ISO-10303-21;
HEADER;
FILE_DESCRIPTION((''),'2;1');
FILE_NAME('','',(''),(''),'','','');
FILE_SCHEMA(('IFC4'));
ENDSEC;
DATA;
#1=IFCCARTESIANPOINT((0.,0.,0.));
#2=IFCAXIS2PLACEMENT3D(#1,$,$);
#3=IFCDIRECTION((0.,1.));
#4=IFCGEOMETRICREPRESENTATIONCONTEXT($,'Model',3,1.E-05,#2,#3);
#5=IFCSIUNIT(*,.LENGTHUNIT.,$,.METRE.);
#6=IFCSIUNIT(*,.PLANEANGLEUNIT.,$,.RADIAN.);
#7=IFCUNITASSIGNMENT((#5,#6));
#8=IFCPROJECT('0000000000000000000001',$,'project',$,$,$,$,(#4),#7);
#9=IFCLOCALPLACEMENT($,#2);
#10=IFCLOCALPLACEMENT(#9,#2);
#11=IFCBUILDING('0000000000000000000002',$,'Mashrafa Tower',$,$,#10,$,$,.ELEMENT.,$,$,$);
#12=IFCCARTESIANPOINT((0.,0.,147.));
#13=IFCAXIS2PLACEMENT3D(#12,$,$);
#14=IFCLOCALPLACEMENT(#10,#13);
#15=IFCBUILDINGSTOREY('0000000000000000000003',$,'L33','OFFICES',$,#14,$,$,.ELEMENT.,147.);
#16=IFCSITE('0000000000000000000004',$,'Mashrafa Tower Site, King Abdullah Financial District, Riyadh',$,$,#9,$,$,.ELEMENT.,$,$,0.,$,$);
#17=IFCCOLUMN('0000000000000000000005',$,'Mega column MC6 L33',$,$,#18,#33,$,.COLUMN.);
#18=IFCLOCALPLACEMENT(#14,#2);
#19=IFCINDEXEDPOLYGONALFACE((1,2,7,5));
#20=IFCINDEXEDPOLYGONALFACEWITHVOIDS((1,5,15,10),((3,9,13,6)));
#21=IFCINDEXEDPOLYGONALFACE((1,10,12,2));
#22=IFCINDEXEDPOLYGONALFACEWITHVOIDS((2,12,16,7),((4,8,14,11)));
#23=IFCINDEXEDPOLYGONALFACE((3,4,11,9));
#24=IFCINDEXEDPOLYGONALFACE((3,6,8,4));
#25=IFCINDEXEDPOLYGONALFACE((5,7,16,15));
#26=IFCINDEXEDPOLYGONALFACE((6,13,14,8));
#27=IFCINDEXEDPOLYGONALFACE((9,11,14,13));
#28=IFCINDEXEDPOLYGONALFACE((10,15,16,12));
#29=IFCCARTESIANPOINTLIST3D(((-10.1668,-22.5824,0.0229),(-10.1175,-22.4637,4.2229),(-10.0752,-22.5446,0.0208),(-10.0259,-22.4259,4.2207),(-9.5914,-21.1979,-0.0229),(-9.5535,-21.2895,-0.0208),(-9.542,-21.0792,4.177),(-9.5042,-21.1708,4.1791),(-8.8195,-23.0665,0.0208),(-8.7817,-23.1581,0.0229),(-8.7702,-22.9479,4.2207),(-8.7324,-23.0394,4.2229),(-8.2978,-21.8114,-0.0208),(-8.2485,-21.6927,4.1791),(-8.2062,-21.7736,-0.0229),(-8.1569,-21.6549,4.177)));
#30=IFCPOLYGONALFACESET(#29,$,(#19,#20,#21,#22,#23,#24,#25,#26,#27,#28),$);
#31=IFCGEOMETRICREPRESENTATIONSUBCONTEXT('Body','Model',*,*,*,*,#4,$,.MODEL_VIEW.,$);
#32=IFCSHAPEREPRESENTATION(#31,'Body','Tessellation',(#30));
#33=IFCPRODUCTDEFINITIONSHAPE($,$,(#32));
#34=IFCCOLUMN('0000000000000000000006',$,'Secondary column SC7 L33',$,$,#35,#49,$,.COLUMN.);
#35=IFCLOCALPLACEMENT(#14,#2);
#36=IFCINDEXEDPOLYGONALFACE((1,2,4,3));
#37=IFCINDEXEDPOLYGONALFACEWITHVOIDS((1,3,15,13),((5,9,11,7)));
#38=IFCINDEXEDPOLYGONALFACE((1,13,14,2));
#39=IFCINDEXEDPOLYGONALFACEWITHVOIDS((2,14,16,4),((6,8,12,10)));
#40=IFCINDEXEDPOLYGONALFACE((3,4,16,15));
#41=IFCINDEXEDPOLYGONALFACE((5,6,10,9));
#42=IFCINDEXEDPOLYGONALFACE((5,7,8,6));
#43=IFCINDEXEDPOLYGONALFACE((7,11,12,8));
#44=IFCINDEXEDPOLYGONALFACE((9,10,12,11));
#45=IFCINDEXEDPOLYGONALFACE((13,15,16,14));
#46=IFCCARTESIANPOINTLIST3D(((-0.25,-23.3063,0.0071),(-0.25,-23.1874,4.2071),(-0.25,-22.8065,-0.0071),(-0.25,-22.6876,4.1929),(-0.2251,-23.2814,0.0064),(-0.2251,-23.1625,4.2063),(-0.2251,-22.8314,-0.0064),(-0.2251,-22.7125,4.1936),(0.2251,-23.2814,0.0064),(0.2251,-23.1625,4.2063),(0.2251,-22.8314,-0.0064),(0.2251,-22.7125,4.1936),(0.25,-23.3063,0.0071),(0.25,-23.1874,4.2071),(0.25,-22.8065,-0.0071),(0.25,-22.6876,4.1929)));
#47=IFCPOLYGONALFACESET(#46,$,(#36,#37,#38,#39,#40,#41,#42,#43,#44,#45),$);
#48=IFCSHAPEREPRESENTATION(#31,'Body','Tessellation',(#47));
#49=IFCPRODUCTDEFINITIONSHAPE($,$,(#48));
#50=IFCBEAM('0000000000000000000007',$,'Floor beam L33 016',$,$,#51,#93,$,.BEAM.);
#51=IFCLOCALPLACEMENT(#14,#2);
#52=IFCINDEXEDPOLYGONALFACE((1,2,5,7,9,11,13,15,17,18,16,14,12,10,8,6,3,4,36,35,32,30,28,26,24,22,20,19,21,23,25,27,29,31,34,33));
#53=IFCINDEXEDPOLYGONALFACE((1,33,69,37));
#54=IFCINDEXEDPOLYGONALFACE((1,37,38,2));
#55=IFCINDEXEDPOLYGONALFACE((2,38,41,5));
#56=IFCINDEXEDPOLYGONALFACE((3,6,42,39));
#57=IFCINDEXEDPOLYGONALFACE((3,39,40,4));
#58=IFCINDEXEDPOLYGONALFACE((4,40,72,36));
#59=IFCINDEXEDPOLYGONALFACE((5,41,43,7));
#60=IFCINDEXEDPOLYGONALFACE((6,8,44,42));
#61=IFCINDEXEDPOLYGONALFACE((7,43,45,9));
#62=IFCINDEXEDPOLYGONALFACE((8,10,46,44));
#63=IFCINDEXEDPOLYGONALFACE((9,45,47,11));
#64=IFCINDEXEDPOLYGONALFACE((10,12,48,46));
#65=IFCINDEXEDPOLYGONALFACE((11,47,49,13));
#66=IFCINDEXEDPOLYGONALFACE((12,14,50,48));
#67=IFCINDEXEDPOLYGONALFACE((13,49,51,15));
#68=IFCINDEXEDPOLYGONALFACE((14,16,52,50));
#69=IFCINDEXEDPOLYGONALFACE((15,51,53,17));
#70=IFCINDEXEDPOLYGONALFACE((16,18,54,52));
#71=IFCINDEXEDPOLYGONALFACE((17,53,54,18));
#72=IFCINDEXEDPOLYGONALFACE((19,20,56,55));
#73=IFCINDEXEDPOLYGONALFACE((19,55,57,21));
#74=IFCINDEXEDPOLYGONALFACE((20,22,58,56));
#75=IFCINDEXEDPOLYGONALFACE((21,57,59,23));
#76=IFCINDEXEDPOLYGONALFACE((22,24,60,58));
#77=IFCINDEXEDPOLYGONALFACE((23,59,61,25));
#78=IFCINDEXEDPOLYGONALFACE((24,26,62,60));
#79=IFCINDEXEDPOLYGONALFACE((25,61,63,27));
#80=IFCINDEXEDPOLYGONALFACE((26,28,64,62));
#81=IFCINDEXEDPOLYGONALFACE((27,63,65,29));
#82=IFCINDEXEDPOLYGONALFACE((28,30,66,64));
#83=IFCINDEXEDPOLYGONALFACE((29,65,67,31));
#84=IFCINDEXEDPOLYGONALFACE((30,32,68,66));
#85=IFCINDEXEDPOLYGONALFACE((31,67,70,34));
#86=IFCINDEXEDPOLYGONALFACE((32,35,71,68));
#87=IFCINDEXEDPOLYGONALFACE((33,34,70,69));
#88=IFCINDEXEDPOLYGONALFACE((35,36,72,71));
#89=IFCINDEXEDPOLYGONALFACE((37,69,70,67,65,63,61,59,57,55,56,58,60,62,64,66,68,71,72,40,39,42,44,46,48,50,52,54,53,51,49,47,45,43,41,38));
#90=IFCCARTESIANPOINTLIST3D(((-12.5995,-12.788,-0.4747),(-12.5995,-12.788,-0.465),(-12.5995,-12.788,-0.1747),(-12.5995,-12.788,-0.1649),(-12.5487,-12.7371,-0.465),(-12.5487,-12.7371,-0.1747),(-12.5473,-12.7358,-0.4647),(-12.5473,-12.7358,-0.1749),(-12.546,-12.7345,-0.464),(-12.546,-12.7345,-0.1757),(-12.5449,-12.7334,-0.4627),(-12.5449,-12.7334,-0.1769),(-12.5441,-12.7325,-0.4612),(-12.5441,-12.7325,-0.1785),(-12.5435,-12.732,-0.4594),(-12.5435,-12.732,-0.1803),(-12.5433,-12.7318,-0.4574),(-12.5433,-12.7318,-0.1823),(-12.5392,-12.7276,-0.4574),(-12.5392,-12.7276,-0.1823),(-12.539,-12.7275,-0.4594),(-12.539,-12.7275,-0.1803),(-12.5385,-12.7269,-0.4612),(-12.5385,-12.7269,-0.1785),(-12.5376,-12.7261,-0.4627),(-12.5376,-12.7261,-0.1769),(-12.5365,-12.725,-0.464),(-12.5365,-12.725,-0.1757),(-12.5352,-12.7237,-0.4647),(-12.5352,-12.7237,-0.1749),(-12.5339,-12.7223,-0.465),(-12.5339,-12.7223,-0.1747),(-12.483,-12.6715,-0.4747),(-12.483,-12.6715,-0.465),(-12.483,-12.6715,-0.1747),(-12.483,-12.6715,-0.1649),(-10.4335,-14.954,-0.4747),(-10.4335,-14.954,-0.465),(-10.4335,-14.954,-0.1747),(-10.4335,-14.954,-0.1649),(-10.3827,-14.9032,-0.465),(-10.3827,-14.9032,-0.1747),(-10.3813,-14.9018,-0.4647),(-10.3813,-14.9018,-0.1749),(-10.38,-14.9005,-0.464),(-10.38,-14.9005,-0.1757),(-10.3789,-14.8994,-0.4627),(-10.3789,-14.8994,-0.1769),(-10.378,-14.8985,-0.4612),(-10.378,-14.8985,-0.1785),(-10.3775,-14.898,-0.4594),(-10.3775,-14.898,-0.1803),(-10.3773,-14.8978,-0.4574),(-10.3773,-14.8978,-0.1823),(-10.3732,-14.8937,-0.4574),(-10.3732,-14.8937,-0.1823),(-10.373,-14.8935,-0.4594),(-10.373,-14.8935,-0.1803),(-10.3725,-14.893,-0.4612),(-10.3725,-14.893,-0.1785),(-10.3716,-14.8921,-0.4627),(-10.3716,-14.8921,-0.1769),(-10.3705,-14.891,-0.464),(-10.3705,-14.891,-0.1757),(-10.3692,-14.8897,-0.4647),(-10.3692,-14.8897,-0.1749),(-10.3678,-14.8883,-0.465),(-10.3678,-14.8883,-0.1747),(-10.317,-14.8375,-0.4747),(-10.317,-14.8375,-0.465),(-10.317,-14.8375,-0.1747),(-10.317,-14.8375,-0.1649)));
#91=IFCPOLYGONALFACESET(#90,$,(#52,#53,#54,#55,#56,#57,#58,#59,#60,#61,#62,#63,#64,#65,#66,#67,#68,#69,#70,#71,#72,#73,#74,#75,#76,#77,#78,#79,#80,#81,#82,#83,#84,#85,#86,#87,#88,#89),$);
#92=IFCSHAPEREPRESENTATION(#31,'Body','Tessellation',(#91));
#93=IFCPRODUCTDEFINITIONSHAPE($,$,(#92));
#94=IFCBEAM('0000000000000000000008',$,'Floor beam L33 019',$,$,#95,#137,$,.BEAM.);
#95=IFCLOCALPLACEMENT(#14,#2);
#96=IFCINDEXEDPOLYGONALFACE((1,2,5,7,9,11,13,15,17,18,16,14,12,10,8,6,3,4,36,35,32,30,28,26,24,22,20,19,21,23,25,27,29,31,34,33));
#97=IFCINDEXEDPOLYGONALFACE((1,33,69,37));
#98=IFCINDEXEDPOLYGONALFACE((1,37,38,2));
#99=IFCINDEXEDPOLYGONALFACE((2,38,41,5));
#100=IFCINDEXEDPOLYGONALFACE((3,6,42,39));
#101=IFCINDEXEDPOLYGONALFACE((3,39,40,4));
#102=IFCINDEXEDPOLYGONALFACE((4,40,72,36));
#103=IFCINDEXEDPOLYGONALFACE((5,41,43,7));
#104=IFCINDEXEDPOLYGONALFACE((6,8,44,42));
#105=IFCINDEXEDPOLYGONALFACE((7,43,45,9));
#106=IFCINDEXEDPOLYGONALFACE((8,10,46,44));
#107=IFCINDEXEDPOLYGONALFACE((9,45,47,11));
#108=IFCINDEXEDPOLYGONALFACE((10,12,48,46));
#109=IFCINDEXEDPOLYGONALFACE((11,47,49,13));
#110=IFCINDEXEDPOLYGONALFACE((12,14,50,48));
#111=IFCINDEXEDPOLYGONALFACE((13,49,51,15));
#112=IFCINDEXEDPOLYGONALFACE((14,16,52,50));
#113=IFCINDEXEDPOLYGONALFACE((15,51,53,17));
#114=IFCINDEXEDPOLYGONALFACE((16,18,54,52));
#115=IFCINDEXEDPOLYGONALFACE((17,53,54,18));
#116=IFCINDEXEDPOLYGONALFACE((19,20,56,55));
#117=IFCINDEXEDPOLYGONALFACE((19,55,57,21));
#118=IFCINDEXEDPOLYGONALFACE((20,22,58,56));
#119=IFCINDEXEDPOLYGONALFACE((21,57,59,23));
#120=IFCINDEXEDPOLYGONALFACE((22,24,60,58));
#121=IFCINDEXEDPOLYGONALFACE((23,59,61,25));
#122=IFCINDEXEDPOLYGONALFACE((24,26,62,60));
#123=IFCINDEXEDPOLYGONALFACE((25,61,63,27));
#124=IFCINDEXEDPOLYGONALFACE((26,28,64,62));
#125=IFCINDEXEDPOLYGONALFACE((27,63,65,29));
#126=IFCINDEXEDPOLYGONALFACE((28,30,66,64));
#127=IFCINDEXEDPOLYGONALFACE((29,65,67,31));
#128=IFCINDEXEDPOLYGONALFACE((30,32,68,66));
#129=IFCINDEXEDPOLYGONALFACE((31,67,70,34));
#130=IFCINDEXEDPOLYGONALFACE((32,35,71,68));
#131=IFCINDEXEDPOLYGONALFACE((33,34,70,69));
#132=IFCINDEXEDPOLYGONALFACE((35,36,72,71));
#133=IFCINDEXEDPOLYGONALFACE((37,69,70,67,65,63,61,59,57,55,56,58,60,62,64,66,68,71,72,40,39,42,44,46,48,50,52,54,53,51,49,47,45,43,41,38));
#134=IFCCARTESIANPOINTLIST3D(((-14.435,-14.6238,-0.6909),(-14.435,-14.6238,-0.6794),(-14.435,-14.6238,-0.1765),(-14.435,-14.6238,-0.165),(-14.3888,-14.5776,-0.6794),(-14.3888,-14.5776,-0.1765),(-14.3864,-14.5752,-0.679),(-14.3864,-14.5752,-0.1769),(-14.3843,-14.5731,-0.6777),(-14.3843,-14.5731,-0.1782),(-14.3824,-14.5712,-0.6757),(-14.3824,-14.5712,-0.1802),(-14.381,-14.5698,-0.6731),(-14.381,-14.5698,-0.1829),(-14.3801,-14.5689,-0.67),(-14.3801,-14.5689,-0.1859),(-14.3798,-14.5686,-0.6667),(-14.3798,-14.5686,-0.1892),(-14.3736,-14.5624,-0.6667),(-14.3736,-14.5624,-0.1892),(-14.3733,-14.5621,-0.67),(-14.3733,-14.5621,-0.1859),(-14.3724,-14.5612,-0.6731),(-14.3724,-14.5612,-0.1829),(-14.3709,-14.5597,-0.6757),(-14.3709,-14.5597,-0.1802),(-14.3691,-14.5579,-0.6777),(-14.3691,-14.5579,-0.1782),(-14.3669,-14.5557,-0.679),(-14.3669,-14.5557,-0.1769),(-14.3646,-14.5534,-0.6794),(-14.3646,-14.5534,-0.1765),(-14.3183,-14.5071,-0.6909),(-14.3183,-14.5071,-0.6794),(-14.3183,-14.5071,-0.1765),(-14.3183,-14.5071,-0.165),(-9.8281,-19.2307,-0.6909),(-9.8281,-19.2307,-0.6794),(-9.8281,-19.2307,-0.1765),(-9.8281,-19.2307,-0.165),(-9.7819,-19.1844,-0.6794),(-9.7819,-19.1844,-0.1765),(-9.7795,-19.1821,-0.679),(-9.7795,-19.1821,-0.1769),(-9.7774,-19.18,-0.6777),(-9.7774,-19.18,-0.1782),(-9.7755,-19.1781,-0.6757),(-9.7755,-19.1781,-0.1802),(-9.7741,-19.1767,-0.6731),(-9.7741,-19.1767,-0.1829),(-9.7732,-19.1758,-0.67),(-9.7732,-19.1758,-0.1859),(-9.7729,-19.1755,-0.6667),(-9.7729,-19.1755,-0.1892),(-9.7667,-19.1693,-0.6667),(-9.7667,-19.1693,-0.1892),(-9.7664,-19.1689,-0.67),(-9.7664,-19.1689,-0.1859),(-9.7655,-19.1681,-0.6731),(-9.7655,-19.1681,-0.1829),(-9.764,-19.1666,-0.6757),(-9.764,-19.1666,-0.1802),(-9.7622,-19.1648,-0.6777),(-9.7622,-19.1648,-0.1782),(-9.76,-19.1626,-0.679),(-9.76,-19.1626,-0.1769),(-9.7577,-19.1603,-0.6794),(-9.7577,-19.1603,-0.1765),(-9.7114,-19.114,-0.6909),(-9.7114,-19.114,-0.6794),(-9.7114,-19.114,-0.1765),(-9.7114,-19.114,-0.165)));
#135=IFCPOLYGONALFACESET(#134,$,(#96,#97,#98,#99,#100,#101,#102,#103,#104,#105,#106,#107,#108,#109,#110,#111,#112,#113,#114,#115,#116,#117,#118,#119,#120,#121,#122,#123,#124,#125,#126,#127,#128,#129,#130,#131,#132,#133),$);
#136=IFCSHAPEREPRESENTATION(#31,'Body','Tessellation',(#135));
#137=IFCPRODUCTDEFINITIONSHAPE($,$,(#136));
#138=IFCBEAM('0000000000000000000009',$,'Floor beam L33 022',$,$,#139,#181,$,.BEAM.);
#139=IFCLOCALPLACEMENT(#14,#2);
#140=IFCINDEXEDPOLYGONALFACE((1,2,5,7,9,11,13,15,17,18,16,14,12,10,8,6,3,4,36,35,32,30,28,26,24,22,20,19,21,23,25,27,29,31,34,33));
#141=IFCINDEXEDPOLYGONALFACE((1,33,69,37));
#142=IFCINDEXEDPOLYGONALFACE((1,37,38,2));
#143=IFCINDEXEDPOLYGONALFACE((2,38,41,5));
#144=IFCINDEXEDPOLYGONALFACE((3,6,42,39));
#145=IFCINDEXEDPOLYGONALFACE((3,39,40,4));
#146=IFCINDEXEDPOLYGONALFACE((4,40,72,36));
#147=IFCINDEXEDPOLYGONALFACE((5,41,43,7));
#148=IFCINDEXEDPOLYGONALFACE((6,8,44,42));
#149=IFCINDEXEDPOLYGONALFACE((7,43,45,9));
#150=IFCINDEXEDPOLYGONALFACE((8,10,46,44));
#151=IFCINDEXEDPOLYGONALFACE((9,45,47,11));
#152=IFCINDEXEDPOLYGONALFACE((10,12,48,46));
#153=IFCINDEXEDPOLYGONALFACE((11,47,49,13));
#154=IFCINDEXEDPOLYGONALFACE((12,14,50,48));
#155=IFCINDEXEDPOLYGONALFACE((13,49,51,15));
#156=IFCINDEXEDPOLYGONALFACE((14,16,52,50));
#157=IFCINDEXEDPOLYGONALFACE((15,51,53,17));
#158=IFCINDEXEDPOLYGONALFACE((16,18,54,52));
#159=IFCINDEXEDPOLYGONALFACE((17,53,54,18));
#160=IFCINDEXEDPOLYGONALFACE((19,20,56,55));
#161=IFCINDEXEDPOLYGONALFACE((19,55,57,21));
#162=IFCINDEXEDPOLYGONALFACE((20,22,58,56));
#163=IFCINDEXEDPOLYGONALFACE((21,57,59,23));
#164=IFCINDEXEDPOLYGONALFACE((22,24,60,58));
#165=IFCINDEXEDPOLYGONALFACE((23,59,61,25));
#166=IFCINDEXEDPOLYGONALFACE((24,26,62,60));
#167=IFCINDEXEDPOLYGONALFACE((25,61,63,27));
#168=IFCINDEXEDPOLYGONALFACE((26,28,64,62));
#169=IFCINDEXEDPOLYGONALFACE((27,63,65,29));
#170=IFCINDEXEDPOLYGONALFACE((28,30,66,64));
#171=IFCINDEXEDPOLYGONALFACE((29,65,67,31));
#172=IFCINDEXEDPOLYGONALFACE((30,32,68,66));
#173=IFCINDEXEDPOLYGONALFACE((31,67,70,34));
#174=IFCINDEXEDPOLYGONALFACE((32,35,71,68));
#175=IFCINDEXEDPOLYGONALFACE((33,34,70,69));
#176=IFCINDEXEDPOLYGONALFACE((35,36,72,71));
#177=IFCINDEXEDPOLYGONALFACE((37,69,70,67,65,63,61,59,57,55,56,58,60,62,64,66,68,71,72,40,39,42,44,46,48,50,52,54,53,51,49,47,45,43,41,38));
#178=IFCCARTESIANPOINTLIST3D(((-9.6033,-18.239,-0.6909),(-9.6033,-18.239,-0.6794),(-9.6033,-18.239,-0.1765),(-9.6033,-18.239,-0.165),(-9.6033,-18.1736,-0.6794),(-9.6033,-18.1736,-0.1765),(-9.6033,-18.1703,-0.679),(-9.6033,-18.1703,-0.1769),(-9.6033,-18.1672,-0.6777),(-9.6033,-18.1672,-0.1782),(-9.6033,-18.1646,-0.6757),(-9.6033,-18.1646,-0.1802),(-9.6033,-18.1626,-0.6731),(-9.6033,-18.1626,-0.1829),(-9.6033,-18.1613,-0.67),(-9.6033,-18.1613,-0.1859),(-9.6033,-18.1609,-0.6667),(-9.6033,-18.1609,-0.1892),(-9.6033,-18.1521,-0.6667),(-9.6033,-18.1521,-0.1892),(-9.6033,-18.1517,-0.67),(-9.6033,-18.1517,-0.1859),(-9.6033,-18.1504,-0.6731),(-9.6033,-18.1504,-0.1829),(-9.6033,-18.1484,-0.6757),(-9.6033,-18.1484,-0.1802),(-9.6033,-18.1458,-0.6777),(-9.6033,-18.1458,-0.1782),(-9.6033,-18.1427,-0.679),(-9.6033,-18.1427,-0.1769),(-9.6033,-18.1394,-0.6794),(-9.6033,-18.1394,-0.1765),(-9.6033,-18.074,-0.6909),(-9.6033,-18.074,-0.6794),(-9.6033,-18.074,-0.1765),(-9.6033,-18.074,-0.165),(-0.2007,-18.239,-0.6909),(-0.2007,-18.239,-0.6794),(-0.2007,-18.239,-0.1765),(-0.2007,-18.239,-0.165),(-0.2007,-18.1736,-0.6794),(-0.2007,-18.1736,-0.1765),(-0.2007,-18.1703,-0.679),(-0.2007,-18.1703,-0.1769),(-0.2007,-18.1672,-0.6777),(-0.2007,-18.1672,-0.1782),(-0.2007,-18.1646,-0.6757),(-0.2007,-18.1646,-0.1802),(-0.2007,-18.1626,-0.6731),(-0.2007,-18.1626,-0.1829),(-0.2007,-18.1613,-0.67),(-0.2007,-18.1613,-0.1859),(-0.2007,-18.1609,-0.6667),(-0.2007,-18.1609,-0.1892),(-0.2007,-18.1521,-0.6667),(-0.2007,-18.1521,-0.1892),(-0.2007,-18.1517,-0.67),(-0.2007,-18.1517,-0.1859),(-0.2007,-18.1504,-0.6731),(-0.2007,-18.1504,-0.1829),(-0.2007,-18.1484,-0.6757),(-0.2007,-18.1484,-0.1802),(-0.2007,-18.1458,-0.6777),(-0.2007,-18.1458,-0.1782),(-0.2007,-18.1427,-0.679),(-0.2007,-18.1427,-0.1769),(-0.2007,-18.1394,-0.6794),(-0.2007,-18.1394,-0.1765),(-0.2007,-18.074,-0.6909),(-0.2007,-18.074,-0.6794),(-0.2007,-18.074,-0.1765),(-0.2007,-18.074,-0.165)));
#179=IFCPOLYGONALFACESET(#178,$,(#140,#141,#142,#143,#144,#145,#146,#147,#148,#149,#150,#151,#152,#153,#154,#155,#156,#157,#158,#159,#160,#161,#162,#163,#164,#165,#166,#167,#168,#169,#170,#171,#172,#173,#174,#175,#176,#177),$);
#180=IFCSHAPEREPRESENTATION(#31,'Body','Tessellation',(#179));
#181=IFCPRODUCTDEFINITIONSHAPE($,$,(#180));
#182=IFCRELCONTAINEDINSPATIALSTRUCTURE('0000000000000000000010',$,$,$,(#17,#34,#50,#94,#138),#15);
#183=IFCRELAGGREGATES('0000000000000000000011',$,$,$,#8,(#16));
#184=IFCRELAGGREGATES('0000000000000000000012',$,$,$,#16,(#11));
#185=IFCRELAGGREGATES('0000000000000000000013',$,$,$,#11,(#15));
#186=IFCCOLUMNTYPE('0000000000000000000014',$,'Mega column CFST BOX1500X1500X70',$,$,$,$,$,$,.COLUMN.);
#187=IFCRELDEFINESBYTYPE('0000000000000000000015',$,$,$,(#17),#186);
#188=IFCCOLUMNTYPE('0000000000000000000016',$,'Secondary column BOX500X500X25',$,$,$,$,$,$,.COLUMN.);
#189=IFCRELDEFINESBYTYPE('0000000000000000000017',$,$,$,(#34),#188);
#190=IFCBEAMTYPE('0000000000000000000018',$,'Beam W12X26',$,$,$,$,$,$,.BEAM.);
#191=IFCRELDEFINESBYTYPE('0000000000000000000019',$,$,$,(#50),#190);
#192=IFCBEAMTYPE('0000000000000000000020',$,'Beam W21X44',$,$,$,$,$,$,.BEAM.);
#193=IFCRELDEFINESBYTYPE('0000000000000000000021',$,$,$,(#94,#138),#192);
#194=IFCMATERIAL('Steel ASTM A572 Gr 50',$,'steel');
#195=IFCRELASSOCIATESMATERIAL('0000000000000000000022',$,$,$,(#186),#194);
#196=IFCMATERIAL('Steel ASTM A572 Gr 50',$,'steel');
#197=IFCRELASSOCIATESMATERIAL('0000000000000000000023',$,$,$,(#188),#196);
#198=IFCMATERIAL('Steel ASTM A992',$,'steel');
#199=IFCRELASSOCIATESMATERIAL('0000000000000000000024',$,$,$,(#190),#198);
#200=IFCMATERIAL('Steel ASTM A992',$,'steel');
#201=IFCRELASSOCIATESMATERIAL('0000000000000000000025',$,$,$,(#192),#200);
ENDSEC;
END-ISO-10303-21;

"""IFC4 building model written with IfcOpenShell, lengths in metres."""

from ifc_helpers import new_model, si_unit, direction, frame, origin, origin_2d, place, context, subcontext, project, spatial, hollow_rectangle, i_section, extrude, material, material_profile, profile_set, type_object, element, save


model = new_model("IFC4")

# Units and contexts
model_context = context("Model", 3, precision=1e-05, world=origin(), true_north=direction((0.0, 1.0)))
body_context = subcontext(model_context, "Body", "Model", "MODEL_VIEW")
ifc_project = project(units=[si_unit("LENGTHUNIT", "METRE"), si_unit("PLANEANGLEUNIT", "RADIAN")], contexts=[model_context])

# Site, building, storey
site_placement = place(None, origin())
site = spatial("IfcSite", under=ifc_project, at=site_placement, Name="Mashrafa Tower Site, King Abdullah Financial District, Riyadh", CompositionType="ELEMENT", RefElevation=0.0)
building_placement = place(site_placement, origin())
building = spatial("IfcBuilding", under=site, at=building_placement, Name="Mashrafa Tower", CompositionType="ELEMENT")
storey_placement = place(building_placement, frame((0.0, 0.0, 147.0)))
storey = spatial("IfcBuildingStorey", under=building, at=storey_placement, Name="L33", Description="OFFICES", CompositionType="ELEMENT", Elevation=147.0)

# Columns
ifc_material_1 = material(Name="Steel ASTM A572 Gr 50", Category="steel")
ifc_material_profile_1 = material_profile(ifc_material_1, hollow_rectangle(XDim=1.5, YDim=1.5, WallThickness=0.0701, at=origin_2d()), Name="BOX1500X1500X70")
ifc_profile_set_1 = profile_set([ifc_material_profile_1], Name="Steel ASTM A572 Gr 50")
column_type_1 = type_object("IfcColumnType", Name="Mega column CFST BOX1500X1500X70", PredefinedType="COLUMN", material=ifc_profile_set_1)
column_1_placement = place(storey_placement, frame((-9.1865, -22.178, 0.0), z_axis=(0.011737, 0.028238, 0.999532), x_axis=(-0.923414, 0.383806, 0.0)))
element("IfcColumn", 1, at=column_1_placement, inside=storey, type_object=column_type_1, Name="Mega column MC6 L33", PredefinedType="COLUMN", context=body_context, shape_type="SweptSolid", body=[
    extrude(hollow_rectangle(XDim=1.5, YDim=1.5, WallThickness=0.0701, at=origin_2d()), origin(), (0.0, 0.0, 1.0), 4.2019),
])
ifc_material_2 = material(Name="Steel ASTM A572 Gr 50", Category="steel")
ifc_material_profile_2 = material_profile(ifc_material_2, hollow_rectangle(XDim=0.5, YDim=0.5, WallThickness=0.0249, at=origin_2d()), Name="BOX500X500X25")
ifc_profile_set_2 = profile_set([ifc_material_profile_2], Name="Steel ASTM A572 Gr 50")
column_type_2 = type_object("IfcColumnType", Name="Secondary column BOX500X500X25", PredefinedType="COLUMN", material=ifc_profile_set_2)
column_2_placement = place(storey_placement, frame((0.0, -23.0564, 0.0), z_axis=(0.0, 0.028298, 0.9996), x_axis=(-1.0, 0.0, 0.0)))
element("IfcColumn", 2, at=column_2_placement, inside=storey, type_object=column_type_2, Name="Secondary column SC7 L33", PredefinedType="COLUMN", context=body_context, shape_type="SweptSolid", body=[
    extrude(hollow_rectangle(XDim=0.5, YDim=0.5, WallThickness=0.0249, at=origin_2d()), origin(), (0.0, 0.0, 1.0), 4.2017),
])

# Beams
ifc_material_3 = material(Name="Steel ASTM A992", Category="steel")
ifc_material_profile_3 = material_profile(ifc_material_3, i_section(OverallWidth=0.1648, OverallDepth=0.3098, WebThickness=0.0059, FlangeThickness=0.0098, FilletRadius=0.0076, at=origin_2d()), Name="W12X26")
ifc_profile_set_3 = profile_set([ifc_material_profile_3], Name="Steel ASTM A992")
beam_type_1 = type_object("IfcBeamType", Name="Beam W12X26", PredefinedType="BEAM", material=ifc_profile_set_3)
beam_1_placement = place(storey_placement, frame((-10.3752, -14.8958, -0.3198), z_axis=(-0.707107, 0.707107, 0.0), x_axis=(-0.707107, -0.707107, 0.0)))
element("IfcBeam", 3, at=beam_1_placement, inside=storey, type_object=beam_type_1, Name="Floor beam L33 016", PredefinedType="BEAM", context=body_context, shape_type="SweptSolid", body=[
    extrude(i_section(OverallWidth=0.1648, OverallDepth=0.3098, WebThickness=0.0059, FlangeThickness=0.0098, FilletRadius=0.0076, at=origin_2d()), origin(), (0.0, 0.0, 1.0), 3.0632),
])
ifc_material_4 = material(Name="Steel ASTM A992", Category="steel")
ifc_material_profile_4 = material_profile(ifc_material_4, i_section(OverallWidth=0.165, OverallDepth=0.5259, WebThickness=0.0088, FlangeThickness=0.0115, FilletRadius=0.0127, at=origin_2d()), Name="W21X44")
ifc_profile_set_4 = profile_set([ifc_material_profile_4], Name="Steel ASTM A992")
beam_type_2 = type_object("IfcBeamType", Name="Beam W21X44", PredefinedType="BEAM", material=ifc_profile_set_4)
beam_2_placement = place(storey_placement, frame((-9.7698, -19.1724, -0.428), z_axis=(-0.707107, 0.707107, 0.0), x_axis=(-0.707107, -0.707107, 0.0)))
element("IfcBeam", 4, at=beam_2_placement, inside=storey, type_object=beam_type_2, Name="Floor beam L33 019", PredefinedType="BEAM", context=body_context, shape_type="SweptSolid", body=[
    extrude(i_section(OverallWidth=0.165, OverallDepth=0.5259, WebThickness=0.0088, FlangeThickness=0.0115, FilletRadius=0.0127, at=origin_2d()), origin(), (0.0, 0.0, 1.0), 6.5151),
])
beam_3_placement = place(storey_placement, frame((-0.2007, -18.1565, -0.428), z_axis=(-1.0, 0.0, 0.0), x_axis=(0.0, -1.0, 0.0)))
element("IfcBeam", 5, at=beam_3_placement, inside=storey, type_object=beam_type_2, Name="Floor beam L33 022", PredefinedType="BEAM", context=body_context, shape_type="SweptSolid", body=[
    extrude(i_section(OverallWidth=0.165, OverallDepth=0.5259, WebThickness=0.0088, FlangeThickness=0.0115, FilletRadius=0.0127, at=origin_2d()), origin(), (0.0, 0.0, 1.0), 9.4026),
])

save(model, "model.ifc")
